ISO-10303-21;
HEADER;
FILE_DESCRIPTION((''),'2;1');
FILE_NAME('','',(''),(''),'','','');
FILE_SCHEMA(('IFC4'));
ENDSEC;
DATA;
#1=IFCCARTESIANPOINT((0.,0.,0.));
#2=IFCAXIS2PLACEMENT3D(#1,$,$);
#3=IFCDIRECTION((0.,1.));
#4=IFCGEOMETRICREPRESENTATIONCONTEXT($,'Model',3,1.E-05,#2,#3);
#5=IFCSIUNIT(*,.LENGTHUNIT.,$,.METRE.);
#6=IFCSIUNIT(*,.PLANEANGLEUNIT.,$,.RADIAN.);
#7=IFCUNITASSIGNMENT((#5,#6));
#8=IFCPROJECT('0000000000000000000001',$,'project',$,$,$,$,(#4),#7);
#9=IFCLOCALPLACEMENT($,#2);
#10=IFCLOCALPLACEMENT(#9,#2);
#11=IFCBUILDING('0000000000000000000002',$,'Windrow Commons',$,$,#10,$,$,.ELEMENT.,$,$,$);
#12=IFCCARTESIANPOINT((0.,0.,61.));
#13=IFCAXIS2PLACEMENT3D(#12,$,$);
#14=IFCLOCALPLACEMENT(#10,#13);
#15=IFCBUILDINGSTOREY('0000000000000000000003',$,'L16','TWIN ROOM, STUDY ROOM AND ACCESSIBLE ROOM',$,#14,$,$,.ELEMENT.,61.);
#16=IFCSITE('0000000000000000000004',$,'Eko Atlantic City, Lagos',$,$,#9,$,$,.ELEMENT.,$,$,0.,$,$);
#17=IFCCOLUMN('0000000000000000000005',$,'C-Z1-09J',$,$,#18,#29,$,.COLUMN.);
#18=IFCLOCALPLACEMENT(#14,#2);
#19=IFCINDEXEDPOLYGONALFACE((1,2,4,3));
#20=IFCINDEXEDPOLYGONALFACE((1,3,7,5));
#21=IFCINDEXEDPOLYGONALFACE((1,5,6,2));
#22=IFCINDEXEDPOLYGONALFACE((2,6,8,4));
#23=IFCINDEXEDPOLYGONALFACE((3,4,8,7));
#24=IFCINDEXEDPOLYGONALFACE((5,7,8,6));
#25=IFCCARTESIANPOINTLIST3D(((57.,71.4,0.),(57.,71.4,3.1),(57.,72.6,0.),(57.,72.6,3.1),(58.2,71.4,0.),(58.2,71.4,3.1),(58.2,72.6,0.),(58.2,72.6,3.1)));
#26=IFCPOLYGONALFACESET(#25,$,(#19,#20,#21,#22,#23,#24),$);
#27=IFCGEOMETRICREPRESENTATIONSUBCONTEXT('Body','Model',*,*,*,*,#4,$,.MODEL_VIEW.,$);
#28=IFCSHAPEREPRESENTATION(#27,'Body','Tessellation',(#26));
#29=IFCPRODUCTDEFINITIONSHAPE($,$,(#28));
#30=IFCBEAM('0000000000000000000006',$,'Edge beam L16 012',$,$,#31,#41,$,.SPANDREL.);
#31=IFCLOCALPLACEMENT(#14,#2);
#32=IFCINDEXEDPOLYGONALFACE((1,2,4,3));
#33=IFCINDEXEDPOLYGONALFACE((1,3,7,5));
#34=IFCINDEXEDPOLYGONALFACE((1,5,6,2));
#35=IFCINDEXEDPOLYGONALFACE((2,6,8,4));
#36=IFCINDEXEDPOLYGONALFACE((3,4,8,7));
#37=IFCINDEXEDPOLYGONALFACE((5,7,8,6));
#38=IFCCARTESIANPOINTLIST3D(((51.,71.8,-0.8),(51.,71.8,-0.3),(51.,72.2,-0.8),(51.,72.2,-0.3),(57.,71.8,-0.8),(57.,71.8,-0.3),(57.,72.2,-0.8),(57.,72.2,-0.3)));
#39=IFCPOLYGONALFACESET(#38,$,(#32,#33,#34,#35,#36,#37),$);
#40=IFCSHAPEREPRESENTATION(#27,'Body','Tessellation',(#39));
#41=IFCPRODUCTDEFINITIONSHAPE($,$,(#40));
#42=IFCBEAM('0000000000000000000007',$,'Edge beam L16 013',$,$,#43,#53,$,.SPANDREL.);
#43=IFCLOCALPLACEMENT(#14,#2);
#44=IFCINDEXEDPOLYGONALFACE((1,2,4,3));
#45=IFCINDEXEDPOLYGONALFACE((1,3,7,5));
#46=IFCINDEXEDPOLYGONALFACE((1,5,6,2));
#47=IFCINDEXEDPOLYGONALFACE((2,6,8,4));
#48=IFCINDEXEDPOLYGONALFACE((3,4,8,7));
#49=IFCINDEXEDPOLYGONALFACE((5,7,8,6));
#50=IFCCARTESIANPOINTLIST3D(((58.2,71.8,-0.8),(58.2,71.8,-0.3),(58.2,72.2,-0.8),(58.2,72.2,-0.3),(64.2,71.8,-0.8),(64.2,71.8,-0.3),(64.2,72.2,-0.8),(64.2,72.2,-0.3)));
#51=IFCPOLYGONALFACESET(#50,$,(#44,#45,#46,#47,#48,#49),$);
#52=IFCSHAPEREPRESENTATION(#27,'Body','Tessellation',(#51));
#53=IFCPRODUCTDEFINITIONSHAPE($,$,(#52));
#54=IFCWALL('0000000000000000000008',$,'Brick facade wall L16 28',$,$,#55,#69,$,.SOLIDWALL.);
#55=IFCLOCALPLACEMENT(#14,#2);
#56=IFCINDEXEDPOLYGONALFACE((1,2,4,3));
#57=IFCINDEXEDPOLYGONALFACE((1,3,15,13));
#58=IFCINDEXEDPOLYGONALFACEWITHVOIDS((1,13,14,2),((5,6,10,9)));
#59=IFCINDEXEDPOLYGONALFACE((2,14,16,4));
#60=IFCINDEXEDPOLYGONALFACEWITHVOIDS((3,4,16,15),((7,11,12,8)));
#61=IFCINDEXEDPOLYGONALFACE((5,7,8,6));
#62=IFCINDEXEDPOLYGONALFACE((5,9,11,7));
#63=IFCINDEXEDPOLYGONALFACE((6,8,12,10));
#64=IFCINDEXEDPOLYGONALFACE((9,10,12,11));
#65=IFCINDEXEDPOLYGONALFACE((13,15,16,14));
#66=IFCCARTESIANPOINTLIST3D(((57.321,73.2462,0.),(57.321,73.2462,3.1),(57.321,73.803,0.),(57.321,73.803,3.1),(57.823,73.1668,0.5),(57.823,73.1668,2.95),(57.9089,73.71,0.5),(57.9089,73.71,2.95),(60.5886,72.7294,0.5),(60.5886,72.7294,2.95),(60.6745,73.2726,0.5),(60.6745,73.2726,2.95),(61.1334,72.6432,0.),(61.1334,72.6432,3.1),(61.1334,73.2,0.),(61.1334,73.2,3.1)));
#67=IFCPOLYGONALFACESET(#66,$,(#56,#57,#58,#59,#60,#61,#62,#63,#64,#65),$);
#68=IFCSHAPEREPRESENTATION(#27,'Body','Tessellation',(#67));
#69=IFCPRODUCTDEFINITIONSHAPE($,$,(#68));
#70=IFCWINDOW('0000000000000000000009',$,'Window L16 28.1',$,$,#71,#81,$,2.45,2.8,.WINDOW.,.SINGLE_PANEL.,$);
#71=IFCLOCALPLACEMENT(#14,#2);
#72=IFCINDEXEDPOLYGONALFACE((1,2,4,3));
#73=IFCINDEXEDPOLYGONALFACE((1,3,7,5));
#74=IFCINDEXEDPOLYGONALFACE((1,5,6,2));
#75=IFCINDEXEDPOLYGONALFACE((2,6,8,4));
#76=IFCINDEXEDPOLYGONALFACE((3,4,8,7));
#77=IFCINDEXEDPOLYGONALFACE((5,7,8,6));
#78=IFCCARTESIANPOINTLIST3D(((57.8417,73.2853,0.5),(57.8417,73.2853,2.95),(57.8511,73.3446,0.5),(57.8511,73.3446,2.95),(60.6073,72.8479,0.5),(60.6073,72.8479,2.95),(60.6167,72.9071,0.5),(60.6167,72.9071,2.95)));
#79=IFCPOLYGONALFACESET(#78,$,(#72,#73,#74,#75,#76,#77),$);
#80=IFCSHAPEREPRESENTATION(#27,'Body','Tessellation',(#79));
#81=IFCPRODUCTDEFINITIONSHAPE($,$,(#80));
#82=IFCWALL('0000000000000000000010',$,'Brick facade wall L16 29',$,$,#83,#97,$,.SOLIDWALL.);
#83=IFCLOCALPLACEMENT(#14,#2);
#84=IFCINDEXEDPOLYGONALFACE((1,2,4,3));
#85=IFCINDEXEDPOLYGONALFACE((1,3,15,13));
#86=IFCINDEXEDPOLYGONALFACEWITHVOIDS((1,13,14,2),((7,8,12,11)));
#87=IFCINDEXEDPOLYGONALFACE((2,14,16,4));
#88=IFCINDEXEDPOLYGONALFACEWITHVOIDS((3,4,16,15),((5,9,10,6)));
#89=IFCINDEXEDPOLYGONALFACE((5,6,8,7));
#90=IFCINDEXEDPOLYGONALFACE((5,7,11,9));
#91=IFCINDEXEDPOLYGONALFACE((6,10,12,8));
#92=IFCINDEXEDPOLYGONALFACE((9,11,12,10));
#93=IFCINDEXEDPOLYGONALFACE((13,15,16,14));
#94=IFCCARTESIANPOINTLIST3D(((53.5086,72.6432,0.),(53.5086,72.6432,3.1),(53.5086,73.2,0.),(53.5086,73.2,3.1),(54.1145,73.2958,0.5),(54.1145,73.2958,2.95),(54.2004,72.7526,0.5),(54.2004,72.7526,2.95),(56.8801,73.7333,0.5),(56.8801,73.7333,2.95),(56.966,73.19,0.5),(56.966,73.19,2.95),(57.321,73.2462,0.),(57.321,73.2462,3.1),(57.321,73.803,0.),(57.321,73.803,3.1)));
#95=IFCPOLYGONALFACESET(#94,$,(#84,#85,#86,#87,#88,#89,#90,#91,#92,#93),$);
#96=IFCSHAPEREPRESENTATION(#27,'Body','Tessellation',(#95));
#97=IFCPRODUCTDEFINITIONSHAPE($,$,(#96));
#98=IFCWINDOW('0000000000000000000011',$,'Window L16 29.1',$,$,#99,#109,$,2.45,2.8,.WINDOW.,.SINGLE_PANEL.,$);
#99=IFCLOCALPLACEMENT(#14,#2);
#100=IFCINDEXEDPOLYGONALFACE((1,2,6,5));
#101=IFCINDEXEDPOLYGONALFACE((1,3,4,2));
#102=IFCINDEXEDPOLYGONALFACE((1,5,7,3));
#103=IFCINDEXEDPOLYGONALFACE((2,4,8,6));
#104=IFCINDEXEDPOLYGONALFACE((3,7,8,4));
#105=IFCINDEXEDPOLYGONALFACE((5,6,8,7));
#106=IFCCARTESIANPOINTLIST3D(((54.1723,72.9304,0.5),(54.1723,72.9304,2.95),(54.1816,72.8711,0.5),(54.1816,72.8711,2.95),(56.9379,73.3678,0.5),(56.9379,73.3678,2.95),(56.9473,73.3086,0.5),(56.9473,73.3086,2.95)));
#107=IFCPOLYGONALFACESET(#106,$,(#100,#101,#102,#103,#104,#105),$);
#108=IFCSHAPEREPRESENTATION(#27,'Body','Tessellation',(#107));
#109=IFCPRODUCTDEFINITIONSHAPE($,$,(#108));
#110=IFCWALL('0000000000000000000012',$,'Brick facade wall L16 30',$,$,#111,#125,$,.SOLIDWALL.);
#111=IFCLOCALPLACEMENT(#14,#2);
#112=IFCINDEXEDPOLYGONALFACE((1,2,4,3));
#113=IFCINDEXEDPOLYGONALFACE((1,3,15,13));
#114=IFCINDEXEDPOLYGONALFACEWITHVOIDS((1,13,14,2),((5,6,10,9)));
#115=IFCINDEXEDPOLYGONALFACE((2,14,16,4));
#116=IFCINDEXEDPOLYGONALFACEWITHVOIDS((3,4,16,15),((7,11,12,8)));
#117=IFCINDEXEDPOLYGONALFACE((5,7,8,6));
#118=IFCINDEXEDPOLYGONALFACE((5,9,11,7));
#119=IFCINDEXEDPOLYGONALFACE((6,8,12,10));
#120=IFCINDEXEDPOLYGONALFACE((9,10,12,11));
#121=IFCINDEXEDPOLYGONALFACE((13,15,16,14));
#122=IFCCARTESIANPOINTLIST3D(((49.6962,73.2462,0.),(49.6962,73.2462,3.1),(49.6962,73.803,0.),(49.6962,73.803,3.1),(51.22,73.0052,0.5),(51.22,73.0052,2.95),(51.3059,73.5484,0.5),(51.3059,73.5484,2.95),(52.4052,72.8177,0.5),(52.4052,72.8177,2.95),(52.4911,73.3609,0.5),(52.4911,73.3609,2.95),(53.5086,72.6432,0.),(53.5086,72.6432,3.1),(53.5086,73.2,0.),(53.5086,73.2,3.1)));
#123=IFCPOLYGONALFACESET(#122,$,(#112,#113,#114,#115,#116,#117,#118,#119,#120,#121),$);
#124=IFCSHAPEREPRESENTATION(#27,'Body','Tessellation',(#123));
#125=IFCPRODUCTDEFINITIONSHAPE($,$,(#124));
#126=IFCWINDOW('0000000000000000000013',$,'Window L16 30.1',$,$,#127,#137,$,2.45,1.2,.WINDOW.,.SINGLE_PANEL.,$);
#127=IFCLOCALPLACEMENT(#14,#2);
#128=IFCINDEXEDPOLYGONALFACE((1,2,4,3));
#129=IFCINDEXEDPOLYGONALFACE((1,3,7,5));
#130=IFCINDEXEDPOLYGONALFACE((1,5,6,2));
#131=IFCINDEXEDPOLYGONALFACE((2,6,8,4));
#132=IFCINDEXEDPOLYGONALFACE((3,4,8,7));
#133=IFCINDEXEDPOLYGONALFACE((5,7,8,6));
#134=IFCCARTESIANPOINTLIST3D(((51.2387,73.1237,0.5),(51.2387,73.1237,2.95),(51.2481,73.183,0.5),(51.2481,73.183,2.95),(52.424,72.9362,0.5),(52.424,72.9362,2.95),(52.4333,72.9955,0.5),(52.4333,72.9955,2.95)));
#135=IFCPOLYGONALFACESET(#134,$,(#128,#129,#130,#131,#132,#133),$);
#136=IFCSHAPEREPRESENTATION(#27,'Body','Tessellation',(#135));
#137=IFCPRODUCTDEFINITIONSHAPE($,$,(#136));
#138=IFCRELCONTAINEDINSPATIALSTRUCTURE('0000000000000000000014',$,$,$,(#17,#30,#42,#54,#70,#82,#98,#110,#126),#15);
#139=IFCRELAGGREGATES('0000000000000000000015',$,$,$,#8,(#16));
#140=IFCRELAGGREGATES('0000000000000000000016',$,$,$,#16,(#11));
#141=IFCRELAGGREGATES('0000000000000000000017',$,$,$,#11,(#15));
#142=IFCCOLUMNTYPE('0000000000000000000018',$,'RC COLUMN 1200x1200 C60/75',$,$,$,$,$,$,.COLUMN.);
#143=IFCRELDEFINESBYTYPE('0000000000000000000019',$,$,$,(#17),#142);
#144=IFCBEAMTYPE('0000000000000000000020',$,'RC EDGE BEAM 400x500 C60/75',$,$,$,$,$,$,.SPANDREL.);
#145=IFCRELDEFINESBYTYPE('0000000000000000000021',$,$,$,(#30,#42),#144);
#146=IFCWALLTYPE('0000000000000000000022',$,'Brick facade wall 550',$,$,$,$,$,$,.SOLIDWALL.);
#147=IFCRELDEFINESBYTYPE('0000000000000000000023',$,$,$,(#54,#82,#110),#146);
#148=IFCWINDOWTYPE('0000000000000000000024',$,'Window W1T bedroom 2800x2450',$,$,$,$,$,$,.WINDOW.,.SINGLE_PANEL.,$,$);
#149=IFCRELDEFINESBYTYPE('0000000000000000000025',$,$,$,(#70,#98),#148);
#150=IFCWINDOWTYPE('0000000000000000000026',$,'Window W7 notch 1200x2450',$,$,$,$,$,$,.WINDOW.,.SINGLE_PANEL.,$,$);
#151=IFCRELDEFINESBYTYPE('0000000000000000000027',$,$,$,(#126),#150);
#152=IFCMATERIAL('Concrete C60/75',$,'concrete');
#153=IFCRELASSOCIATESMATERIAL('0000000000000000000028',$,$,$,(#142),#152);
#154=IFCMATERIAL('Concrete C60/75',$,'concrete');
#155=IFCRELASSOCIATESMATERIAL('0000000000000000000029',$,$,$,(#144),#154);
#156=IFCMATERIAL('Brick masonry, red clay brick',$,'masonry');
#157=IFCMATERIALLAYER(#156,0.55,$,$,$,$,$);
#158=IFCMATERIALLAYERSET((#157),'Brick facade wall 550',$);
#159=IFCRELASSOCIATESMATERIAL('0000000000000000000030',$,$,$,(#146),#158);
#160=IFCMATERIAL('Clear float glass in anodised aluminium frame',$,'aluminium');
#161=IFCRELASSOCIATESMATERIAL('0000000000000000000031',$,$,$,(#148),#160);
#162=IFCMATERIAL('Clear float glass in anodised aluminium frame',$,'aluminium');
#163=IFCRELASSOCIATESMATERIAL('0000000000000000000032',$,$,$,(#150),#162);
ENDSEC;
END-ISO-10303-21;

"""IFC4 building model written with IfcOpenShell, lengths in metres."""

from ifc_helpers import new_model, si_unit, direction, frame, frame_2d, origin, origin_2d, place, context, subcontext, project, spatial, polyline, rectangle, outline, extrude, material, layer, layer_set, material_profile, profile_set, type_object, element, fill, save


model = new_model("IFC4")

# Units and contexts
model_context = context("Model", 3, precision=1e-05, world=origin(), true_north=direction((0.0, 1.0)))
body_context = subcontext(model_context, "Body", "Model", "MODEL_VIEW")
ifc_project = project(units=[si_unit("LENGTHUNIT", "METRE"), si_unit("PLANEANGLEUNIT", "RADIAN")], contexts=[model_context])

# Site, building, storey
site_placement = place(None, origin())
site = spatial("IfcSite", under=ifc_project, at=site_placement, Name="Eko Atlantic City, Lagos", CompositionType="ELEMENT", RefElevation=0.0)
building_placement = place(site_placement, origin())
building = spatial("IfcBuilding", under=site, at=building_placement, Name="Windrow Commons", CompositionType="ELEMENT")
storey_placement = place(building_placement, frame((0.0, 0.0, 61.0)))
storey = spatial("IfcBuildingStorey", under=building, at=storey_placement, Name="L16", Description="TWIN ROOM, STUDY ROOM AND ACCESSIBLE ROOM", CompositionType="ELEMENT", Elevation=61.0)

# Column
ifc_material_1 = material(Name="Concrete C60/75", Category="concrete")
ifc_material_profile_1 = material_profile(ifc_material_1, rectangle(XDim=1.2, YDim=1.2, at=origin_2d()))
ifc_profile_set_1 = profile_set([ifc_material_profile_1], Name="Concrete C60/75")
column_type = type_object("IfcColumnType", Name="RC COLUMN 1200x1200 C60/75", PredefinedType="COLUMN", material=ifc_profile_set_1)
column_placement = place(storey_placement, frame((57.6, 72.0, 0.0), z_axis=(0.0, 0.0, 1.0), x_axis=(1.0, 0.0, 0.0)))
element("IfcColumn", 1, at=column_placement, inside=storey, type_object=column_type, Name="C-Z1-09J", PredefinedType="COLUMN", context=body_context, shape_type="SweptSolid", body=[
    extrude(rectangle(XDim=1.2, YDim=1.2, at=origin_2d()), origin(), (0.0, 0.0, 1.0), 3.1),
])

# Beams
ifc_material_2 = material(Name="Concrete C60/75", Category="concrete")
ifc_material_profile_2 = material_profile(ifc_material_2, rectangle(XDim=0.4, YDim=0.5, at=origin_2d()))
ifc_profile_set_2 = profile_set([ifc_material_profile_2], Name="Concrete C60/75")
beam_type = type_object("IfcBeamType", Name="RC EDGE BEAM 400x500 C60/75", PredefinedType="SPANDREL", material=ifc_profile_set_2)
for number, where, z_axis, x_axis, name in (
    (2, (51.0, 72.0, -0.55), (1.0, 0.0, 0.0), (0.0, 1.0, 0.0), "Edge beam L16 012"),
    (3, (58.2, 72.0, -0.55), (1.0, 0.0, 0.0), (0.0, 1.0, 0.0), "Edge beam L16 013"),
):
    element("IfcBeam", number, at=place(storey_placement, frame(where, z_axis=z_axis, x_axis=x_axis)), inside=storey, type_object=beam_type, Name=name, PredefinedType="SPANDREL", context=body_context, shape_type="SweptSolid", body=[
        extrude(rectangle(XDim=0.4, YDim=0.5, at=origin_2d()), origin(), (0.0, 0.0, 1.0), 6.0),
    ])

# Walls, openings, windows
ifc_material_3 = material(Name="Brick masonry, red clay brick", Category="masonry")
ifc_layer_1 = layer(ifc_material_3, 0.55)
ifc_layer_set_1 = layer_set([ifc_layer_1], Name="Brick facade wall 550")
wall_type_1 = type_object("IfcWallType", Name="Brick facade wall 550", PredefinedType="SOLIDWALL", material=ifc_layer_set_1)
wall_1_placement = place(storey_placement, frame((61.1334, 72.9216, 0.0), z_axis=(0.0, 0.0, 1.0), x_axis=(-0.987721, 0.156226, 0.0)))
wall_1 = element("IfcWall", 4, at=wall_1_placement, inside=storey, type_object=wall_type_1, Name="Brick facade wall L16 28", PredefinedType="SOLIDWALL", context=body_context, shape_type="SweptSolid", body=[
    extrude(outline(polyline([(0.0435, -0.275), (3.9033, -0.275), (3.8163, 0.275), (-0.0435, 0.275), (0.0435, -0.275)])), origin(), (0.0, 0.0, 1.0), 3.1),
])
opening_1_placement = place(wall_1_placement, frame((0.5081, 0.0, 0.5)))
opening_1 = element("IfcOpeningElement", 5, at=opening_1_placement, cuts=wall_1, PredefinedType="OPENING", context=body_context, shape_type="SweptSolid", body=[
    extrude(rectangle(XDim=2.8, YDim=2.45, at=frame_2d((1.4, 1.225))), frame((0.0, 0.285, 0.0), z_axis=(0.0, -1.0, 0.0), x_axis=(1.0, 0.0, 0.0)), (0.0, 0.0, 1.0), 0.57),
])
ifc_material_4 = material(Name="Clear float glass in anodised aluminium frame", Category="aluminium")
window_type_1 = type_object("IfcWindowType", Name="Window W1T bedroom 2800x2450", PartitioningType="SINGLE_PANEL", PredefinedType="WINDOW", material=ifc_material_4)
window_1_placement = place(opening_1_placement, origin())
window_1 = element("IfcWindow", 6, at=window_1_placement, inside=storey, type_object=window_type_1, Name="Window L16 28.1", OverallHeight=2.45, OverallWidth=2.8, PartitioningType="SINGLE_PANEL", PredefinedType="WINDOW", context=body_context, shape_type="SweptSolid", body=[
    extrude(rectangle(XDim=2.8, YDim=2.45, at=frame_2d((1.4, 1.225))), frame((0.0, 0.155, 0.0), z_axis=(0.0, -1.0, 0.0), x_axis=(1.0, 0.0, 0.0)), (0.0, 0.0, 1.0), 0.06),
])
fill(opening_1, window_1)
wall_2_placement = place(storey_placement, frame((57.321, 73.5246, 0.0), z_axis=(0.0, 0.0, 1.0), x_axis=(-0.987721, -0.156226, 0.0)))
wall_2 = element("IfcWall", 7, at=wall_2_placement, inside=storey, type_object=wall_type_1, Name="Brick facade wall L16 29", PredefinedType="SOLIDWALL", context=body_context, shape_type="SweptSolid", body=[
    extrude(outline(polyline([(-0.0435, -0.275), (3.8163, -0.275), (3.9033, 0.275), (0.0435, 0.275), (-0.0435, -0.275)])), origin(), (0.0, 0.0, 1.0), 3.1),
])
opening_2_placement = place(wall_2_placement, frame((0.4029, 0.0, 0.5)))
opening_2 = element("IfcOpeningElement", 8, at=opening_2_placement, cuts=wall_2, PredefinedType="OPENING", context=body_context, shape_type="SweptSolid", body=[
    extrude(rectangle(XDim=2.8, YDim=2.45, at=frame_2d((1.4, 1.225))), frame((0.0, 0.285, 0.0), z_axis=(0.0, -1.0, 0.0), x_axis=(1.0, 0.0, 0.0)), (0.0, 0.0, 1.0), 0.57),
])
window_2_placement = place(opening_2_placement, origin())
window_2 = element("IfcWindow", 9, at=window_2_placement, inside=storey, type_object=window_type_1, Name="Window L16 29.1", OverallHeight=2.45, OverallWidth=2.8, PartitioningType="SINGLE_PANEL", PredefinedType="WINDOW", context=body_context, shape_type="SweptSolid", body=[
    extrude(rectangle(XDim=2.8, YDim=2.45, at=frame_2d((1.4, 1.225))), frame((0.0, 0.155, 0.0), z_axis=(0.0, -1.0, 0.0), x_axis=(1.0, 0.0, 0.0)), (0.0, 0.0, 1.0), 0.06),
])
fill(opening_2, window_2)
wall_3_placement = place(storey_placement, frame((53.5086, 72.9216, 0.0), z_axis=(0.0, 0.0, 1.0), x_axis=(-0.987721, 0.156226, 0.0)))
wall_3 = element("IfcWall", 10, at=wall_3_placement, inside=storey, type_object=wall_type_1, Name="Brick facade wall L16 30", PredefinedType="SOLIDWALL", context=body_context, shape_type="SweptSolid", body=[
    extrude(outline(polyline([(0.0435, -0.275), (3.9033, -0.275), (3.8163, 0.275), (-0.0435, 0.275), (0.0435, -0.275)])), origin(), (0.0, 0.0, 1.0), 3.1),
])
opening_3_placement = place(wall_3_placement, frame((1.0736, 0.0, 0.5)))
opening_3 = element("IfcOpeningElement", 11, at=opening_3_placement, cuts=wall_3, PredefinedType="OPENING", context=body_context, shape_type="SweptSolid", body=[
    extrude(rectangle(XDim=1.2, YDim=2.45, at=frame_2d((0.6, 1.225))), frame((0.0, 0.285, 0.0), z_axis=(0.0, -1.0, 0.0), x_axis=(1.0, 0.0, 0.0)), (0.0, 0.0, 1.0), 0.57),
])
ifc_material_5 = material(Name="Clear float glass in anodised aluminium frame", Category="aluminium")
window_type_2 = type_object("IfcWindowType", Name="Window W7 notch 1200x2450", PartitioningType="SINGLE_PANEL", PredefinedType="WINDOW", material=ifc_material_5)
window_3_placement = place(opening_3_placement, origin())
window_3 = element("IfcWindow", 12, at=window_3_placement, inside=storey, type_object=window_type_2, Name="Window L16 30.1", OverallHeight=2.45, OverallWidth=1.2, PartitioningType="SINGLE_PANEL", PredefinedType="WINDOW", context=body_context, shape_type="SweptSolid", body=[
    extrude(rectangle(XDim=1.2, YDim=2.45, at=frame_2d((0.6, 1.225))), frame((0.0, 0.155, 0.0), z_axis=(0.0, -1.0, 0.0), x_axis=(1.0, 0.0, 0.0)), (0.0, 0.0, 1.0), 0.06),
])
fill(opening_3, window_3)

save(model, "model.ifc")
